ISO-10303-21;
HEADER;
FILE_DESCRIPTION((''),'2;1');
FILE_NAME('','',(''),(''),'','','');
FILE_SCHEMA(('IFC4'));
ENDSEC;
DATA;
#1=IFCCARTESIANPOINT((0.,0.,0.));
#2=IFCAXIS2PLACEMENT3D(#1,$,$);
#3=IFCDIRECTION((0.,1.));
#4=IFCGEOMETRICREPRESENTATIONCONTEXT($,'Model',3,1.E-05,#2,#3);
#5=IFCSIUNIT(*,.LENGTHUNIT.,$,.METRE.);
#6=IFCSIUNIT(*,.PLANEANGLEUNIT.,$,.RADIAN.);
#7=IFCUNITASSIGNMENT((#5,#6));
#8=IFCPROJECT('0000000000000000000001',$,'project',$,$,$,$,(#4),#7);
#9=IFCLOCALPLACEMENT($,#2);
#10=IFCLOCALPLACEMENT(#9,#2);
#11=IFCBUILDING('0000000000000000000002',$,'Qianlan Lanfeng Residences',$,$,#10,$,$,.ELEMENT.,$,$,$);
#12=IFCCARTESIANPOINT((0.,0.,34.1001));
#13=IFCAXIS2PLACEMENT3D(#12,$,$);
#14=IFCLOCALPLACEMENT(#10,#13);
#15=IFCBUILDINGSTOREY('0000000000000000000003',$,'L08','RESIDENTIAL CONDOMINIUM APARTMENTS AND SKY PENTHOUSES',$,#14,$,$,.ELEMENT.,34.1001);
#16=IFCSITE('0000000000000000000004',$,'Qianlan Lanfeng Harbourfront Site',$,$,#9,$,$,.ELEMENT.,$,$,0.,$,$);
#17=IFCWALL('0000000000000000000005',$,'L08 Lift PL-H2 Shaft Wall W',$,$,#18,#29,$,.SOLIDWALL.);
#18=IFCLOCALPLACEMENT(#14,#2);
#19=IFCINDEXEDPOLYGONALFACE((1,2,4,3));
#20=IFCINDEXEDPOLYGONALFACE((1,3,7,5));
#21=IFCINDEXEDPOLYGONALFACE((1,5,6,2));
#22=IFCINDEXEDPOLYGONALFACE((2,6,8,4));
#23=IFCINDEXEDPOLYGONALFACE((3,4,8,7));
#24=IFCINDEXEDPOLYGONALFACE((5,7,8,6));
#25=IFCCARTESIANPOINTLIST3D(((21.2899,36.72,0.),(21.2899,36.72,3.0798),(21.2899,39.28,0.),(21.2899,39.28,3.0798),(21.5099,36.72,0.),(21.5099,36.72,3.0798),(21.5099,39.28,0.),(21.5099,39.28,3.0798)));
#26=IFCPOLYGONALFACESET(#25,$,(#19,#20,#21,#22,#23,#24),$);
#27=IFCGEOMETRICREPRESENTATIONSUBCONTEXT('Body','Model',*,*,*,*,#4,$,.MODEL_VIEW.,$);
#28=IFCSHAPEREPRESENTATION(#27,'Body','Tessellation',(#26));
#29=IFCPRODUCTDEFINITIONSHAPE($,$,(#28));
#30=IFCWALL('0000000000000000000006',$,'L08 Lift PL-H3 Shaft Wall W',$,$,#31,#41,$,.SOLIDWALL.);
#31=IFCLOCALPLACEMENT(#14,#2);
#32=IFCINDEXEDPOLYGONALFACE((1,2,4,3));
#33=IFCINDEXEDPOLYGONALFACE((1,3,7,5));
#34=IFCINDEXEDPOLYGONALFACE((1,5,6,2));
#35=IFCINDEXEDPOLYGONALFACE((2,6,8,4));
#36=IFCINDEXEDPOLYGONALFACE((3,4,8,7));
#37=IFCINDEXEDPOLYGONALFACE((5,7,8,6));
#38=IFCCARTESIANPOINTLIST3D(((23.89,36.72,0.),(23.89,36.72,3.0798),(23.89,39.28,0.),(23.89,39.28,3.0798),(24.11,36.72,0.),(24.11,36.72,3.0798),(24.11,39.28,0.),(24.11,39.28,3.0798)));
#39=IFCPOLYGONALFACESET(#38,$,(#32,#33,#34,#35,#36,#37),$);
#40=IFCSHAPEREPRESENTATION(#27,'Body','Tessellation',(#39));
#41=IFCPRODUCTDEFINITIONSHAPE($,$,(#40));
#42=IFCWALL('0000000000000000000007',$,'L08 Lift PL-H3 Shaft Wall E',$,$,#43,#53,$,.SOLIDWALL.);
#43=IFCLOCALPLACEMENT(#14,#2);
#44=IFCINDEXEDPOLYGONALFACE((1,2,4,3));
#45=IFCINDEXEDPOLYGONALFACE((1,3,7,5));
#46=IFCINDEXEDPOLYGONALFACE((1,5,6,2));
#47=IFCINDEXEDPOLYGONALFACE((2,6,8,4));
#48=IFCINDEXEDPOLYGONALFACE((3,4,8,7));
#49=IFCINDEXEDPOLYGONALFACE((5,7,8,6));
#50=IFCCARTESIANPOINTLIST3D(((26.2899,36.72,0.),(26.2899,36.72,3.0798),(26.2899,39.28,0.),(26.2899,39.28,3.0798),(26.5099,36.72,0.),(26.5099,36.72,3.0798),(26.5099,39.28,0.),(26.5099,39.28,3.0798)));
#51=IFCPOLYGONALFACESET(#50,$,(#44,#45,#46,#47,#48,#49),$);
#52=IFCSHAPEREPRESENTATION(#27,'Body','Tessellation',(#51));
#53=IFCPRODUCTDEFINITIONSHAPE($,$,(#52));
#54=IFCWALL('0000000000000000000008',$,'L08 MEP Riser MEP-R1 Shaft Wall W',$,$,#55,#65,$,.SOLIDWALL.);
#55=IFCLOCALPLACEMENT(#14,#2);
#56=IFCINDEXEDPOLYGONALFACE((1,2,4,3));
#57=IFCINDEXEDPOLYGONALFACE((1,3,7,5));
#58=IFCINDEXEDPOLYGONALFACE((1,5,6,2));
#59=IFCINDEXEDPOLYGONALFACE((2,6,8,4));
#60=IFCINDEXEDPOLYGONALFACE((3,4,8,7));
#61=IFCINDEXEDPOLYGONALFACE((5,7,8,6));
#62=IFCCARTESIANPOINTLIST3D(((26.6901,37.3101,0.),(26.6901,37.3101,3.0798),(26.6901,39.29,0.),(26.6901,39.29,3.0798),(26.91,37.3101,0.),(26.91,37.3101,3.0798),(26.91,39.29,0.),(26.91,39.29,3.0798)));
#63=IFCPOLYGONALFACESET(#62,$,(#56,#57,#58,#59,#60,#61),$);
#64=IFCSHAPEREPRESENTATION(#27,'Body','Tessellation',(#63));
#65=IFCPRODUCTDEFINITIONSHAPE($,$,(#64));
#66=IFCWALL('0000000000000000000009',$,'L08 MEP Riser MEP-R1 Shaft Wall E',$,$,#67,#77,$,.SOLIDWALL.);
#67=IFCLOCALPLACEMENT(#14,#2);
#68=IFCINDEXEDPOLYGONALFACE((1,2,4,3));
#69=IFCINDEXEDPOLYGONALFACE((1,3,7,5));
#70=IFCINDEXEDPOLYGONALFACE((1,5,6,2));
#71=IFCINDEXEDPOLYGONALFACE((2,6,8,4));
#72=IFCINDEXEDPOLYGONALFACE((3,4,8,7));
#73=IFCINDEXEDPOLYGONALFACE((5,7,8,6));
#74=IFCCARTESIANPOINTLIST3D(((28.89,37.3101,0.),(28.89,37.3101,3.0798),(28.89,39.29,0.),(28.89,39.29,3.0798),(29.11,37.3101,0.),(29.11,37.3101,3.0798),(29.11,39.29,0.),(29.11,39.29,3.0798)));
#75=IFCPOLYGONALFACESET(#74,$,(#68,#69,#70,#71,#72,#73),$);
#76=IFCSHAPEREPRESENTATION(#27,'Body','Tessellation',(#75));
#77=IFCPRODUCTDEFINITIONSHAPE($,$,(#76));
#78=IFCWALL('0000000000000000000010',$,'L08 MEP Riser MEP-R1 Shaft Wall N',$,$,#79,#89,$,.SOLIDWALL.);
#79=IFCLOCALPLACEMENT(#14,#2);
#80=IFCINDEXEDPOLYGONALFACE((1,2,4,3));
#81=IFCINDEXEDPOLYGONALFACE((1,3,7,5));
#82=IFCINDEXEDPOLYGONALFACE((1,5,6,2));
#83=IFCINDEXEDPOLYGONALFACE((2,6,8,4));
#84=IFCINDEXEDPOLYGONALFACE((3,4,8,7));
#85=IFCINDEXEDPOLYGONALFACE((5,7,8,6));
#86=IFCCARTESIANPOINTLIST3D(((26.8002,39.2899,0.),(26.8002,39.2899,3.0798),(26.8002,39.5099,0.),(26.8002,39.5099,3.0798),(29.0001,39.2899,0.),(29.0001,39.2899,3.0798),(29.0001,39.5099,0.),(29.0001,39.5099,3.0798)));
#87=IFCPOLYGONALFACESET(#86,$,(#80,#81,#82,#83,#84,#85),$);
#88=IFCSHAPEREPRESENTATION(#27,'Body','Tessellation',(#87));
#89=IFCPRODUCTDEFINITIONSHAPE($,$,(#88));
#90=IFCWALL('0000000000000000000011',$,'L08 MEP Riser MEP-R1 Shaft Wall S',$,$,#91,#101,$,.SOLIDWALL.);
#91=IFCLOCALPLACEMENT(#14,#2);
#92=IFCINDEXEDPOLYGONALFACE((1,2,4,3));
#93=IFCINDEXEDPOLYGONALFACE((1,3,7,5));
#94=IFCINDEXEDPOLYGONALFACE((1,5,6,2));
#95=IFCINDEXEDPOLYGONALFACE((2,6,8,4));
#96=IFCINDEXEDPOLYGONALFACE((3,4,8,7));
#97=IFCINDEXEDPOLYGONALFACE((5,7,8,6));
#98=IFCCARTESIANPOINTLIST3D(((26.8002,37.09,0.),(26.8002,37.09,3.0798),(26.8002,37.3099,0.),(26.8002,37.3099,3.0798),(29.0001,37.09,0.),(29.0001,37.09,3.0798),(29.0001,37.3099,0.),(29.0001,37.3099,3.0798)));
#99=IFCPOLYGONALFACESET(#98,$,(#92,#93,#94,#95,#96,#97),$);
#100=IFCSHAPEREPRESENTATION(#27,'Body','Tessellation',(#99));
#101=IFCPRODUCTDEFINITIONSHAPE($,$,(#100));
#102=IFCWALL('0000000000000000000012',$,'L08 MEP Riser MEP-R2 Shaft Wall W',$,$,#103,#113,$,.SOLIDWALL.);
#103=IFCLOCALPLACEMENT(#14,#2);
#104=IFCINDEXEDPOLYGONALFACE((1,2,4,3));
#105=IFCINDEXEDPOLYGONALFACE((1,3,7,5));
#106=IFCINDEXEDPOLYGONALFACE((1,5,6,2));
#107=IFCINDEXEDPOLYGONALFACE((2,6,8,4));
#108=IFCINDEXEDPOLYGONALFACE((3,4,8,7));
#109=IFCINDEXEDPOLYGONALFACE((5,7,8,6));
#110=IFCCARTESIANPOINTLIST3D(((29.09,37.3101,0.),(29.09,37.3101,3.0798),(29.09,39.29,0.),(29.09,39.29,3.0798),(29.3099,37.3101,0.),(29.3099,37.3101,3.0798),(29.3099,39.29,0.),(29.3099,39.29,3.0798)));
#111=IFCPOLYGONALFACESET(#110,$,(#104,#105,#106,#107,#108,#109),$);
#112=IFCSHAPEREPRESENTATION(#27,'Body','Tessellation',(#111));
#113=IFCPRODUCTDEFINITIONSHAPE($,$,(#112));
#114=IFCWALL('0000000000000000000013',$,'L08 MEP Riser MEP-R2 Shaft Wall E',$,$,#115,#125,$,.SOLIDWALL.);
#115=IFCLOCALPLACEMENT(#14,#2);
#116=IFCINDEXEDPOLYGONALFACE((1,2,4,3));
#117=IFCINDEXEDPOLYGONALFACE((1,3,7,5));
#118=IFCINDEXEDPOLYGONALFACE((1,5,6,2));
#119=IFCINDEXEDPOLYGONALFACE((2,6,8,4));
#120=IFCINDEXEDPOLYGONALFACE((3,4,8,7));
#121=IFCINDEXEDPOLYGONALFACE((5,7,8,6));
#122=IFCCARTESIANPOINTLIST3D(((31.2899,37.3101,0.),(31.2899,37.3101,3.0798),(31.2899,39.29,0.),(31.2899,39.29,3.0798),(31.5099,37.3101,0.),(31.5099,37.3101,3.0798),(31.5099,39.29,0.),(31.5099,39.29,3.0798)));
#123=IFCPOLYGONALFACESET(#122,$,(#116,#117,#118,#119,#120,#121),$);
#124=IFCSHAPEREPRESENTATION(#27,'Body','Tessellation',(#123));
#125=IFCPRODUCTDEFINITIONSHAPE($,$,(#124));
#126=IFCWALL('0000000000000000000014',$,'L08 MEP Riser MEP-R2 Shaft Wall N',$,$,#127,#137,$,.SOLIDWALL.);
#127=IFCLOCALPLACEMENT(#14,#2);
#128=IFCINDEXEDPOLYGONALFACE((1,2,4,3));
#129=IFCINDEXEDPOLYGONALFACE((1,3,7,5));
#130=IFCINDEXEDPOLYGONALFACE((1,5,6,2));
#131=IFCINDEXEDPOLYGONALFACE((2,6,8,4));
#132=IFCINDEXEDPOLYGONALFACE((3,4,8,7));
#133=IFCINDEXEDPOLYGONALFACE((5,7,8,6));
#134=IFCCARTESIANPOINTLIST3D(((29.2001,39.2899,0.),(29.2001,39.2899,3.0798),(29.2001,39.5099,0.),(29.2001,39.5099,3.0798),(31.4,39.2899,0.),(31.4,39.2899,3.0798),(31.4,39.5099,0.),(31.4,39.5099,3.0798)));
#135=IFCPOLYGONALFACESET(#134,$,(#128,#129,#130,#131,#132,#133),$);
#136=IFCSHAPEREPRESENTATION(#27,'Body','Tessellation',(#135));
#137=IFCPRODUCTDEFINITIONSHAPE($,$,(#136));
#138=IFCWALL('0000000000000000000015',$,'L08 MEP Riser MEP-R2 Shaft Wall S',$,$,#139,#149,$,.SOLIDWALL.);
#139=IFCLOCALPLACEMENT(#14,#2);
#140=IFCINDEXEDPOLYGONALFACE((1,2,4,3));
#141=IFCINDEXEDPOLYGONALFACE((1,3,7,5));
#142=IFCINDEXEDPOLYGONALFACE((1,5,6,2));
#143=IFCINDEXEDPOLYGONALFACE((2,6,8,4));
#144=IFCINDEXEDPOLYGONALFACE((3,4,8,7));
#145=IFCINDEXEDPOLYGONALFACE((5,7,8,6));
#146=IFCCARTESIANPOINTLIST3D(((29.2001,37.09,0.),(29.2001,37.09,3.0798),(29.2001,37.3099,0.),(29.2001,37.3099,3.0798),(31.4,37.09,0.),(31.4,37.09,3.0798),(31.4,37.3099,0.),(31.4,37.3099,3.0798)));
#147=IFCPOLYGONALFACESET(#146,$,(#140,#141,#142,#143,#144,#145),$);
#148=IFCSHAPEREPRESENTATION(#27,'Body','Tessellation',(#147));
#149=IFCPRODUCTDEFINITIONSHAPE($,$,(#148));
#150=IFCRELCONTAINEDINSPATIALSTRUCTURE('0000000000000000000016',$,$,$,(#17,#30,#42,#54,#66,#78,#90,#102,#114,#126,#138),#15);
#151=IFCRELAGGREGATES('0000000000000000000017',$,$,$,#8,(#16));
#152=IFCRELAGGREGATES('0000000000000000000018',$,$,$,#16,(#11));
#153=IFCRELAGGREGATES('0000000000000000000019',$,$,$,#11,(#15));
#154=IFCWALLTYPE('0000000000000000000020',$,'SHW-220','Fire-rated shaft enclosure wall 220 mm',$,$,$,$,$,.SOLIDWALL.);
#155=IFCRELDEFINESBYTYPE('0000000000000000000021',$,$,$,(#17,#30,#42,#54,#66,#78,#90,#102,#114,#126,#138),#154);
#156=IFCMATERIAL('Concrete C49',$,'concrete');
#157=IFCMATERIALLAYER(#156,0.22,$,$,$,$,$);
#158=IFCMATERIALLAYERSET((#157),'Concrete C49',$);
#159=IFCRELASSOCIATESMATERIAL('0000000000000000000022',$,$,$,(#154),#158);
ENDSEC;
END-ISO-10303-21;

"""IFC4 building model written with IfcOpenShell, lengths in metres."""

from ifc_helpers import new_model, si_unit, direction, frame, frame_2d, origin, place, context, subcontext, project, spatial, rectangle, extrude, material, layer, layer_set, type_object, element, save


model = new_model("IFC4")

# Units and contexts
model_context = context("Model", 3, precision=1e-05, world=origin(), true_north=direction((0.0, 1.0)))
body_context = subcontext(model_context, "Body", "Model", "MODEL_VIEW")
ifc_project = project(units=[si_unit("LENGTHUNIT", "METRE"), si_unit("PLANEANGLEUNIT", "RADIAN")], contexts=[model_context])

# Site, building, storey
site_placement = place(None, origin())
site = spatial("IfcSite", under=ifc_project, at=site_placement, Name="Qianlan Lanfeng Harbourfront Site", CompositionType="ELEMENT", RefElevation=0.0)
building_placement = place(site_placement, origin())
building = spatial("IfcBuilding", under=site, at=building_placement, Name="Qianlan Lanfeng Residences", CompositionType="ELEMENT")
storey_placement = place(building_placement, frame((0.0, 0.0, 34.1001)))
storey = spatial("IfcBuildingStorey", under=building, at=storey_placement, Name="L08", Description="RESIDENTIAL CONDOMINIUM APARTMENTS AND SKY PENTHOUSES", CompositionType="ELEMENT", Elevation=34.1001)

# Walls
ifc_material_1 = material(Name="Concrete C49", Category="concrete")
ifc_layer_1 = layer(ifc_material_1, 0.22)
ifc_layer_set_1 = layer_set([ifc_layer_1], Name="Concrete C49")
wall_type_1 = type_object("IfcWallType", Name="SHW-220", Description="Fire-rated shaft enclosure wall 220 mm", PredefinedType="SOLIDWALL", material=ifc_layer_set_1)
for number, where, z_axis, x_axis, name in (
    (1, (21.3999, 36.72, 0.0), (0.0, 0.0, 1.0), (0.0, 1.0, 0.0), "L08 Lift PL-H2 Shaft Wall W"),
    (2, (24.0, 36.72, 0.0), (0.0, 0.0, 1.0), (0.0, 1.0, 0.0), "L08 Lift PL-H3 Shaft Wall W"),
    (3, (26.3999, 36.72, 0.0), (0.0, 0.0, 1.0), (0.0, 1.0, 0.0), "L08 Lift PL-H3 Shaft Wall E"),
):
    element("IfcWall", number, at=place(storey_placement, frame(where, z_axis=z_axis, x_axis=x_axis)), inside=storey, type_object=wall_type_1, Name=name, PredefinedType="SOLIDWALL", context=body_context, shape_type="SweptSolid", body=[
        extrude(rectangle(XDim=2.5601, YDim=0.22, at=frame_2d((1.28, 0.0))), origin(), (0.0, 0.0, 1.0), 3.0798),
    ])
for number, where, z_axis, x_axis, name in (
    (4, (26.8, 37.3101, 0.0), (0.0, 0.0, 1.0), (0.0, 1.0, 0.0), "L08 MEP Riser MEP-R1 Shaft Wall W"),
    (5, (29.0, 37.3101, 0.0), (0.0, 0.0, 1.0), (0.0, 1.0, 0.0), "L08 MEP Riser MEP-R1 Shaft Wall E"),
):
    element("IfcWall", number, at=place(storey_placement, frame(where, z_axis=z_axis, x_axis=x_axis)), inside=storey, type_object=wall_type_1, Name=name, PredefinedType="SOLIDWALL", context=body_context, shape_type="SweptSolid", body=[
        extrude(rectangle(XDim=1.98, YDim=0.22, at=frame_2d((0.99, 0.0))), origin(), (0.0, 0.0, 1.0), 3.0798),
    ])
for number, where, z_axis, x_axis, name in (
    (6, (26.8, 39.3999, 0.0), (0.0, 0.0, 1.0), (1.0, 0.0, 0.0), "L08 MEP Riser MEP-R1 Shaft Wall N"),
    (7, (26.8, 37.2, 0.0), (0.0, 0.0, 1.0), (1.0, 0.0, 0.0), "L08 MEP Riser MEP-R1 Shaft Wall S"),
):
    element("IfcWall", number, at=place(storey_placement, frame(where, z_axis=z_axis, x_axis=x_axis)), inside=storey, type_object=wall_type_1, Name=name, PredefinedType="SOLIDWALL", context=body_context, shape_type="SweptSolid", body=[
        extrude(rectangle(XDim=2.2, YDim=0.22, at=frame_2d((1.1001, 0.0))), origin(), (0.0, 0.0, 1.0), 3.0798),
    ])
for number, where, z_axis, x_axis, name in (
    (8, (29.2, 37.3101, 0.0), (0.0, 0.0, 1.0), (0.0, 1.0, 0.0), "L08 MEP Riser MEP-R2 Shaft Wall W"),
    (9, (31.3999, 37.3101, 0.0), (0.0, 0.0, 1.0), (0.0, 1.0, 0.0), "L08 MEP Riser MEP-R2 Shaft Wall E"),
):
    element("IfcWall", number, at=place(storey_placement, frame(where, z_axis=z_axis, x_axis=x_axis)), inside=storey, type_object=wall_type_1, Name=name, PredefinedType="SOLIDWALL", context=body_context, shape_type="SweptSolid", body=[
        extrude(rectangle(XDim=1.98, YDim=0.22, at=frame_2d((0.99, 0.0))), origin(), (0.0, 0.0, 1.0), 3.0798),
    ])
for number, where, z_axis, x_axis, name in (
    (10, (29.2, 39.3999, 0.0), (0.0, 0.0, 1.0), (1.0, 0.0, 0.0), "L08 MEP Riser MEP-R2 Shaft Wall N"),
    (11, (29.2, 37.2, 0.0), (0.0, 0.0, 1.0), (1.0, 0.0, 0.0), "L08 MEP Riser MEP-R2 Shaft Wall S"),
):
    element("IfcWall", number, at=place(storey_placement, frame(where, z_axis=z_axis, x_axis=x_axis)), inside=storey, type_object=wall_type_1, Name=name, PredefinedType="SOLIDWALL", context=body_context, shape_type="SweptSolid", body=[
        extrude(rectangle(XDim=2.2, YDim=0.22, at=frame_2d((1.1001, 0.0))), origin(), (0.0, 0.0, 1.0), 3.0798),
    ])

save(model, "model.ifc")
